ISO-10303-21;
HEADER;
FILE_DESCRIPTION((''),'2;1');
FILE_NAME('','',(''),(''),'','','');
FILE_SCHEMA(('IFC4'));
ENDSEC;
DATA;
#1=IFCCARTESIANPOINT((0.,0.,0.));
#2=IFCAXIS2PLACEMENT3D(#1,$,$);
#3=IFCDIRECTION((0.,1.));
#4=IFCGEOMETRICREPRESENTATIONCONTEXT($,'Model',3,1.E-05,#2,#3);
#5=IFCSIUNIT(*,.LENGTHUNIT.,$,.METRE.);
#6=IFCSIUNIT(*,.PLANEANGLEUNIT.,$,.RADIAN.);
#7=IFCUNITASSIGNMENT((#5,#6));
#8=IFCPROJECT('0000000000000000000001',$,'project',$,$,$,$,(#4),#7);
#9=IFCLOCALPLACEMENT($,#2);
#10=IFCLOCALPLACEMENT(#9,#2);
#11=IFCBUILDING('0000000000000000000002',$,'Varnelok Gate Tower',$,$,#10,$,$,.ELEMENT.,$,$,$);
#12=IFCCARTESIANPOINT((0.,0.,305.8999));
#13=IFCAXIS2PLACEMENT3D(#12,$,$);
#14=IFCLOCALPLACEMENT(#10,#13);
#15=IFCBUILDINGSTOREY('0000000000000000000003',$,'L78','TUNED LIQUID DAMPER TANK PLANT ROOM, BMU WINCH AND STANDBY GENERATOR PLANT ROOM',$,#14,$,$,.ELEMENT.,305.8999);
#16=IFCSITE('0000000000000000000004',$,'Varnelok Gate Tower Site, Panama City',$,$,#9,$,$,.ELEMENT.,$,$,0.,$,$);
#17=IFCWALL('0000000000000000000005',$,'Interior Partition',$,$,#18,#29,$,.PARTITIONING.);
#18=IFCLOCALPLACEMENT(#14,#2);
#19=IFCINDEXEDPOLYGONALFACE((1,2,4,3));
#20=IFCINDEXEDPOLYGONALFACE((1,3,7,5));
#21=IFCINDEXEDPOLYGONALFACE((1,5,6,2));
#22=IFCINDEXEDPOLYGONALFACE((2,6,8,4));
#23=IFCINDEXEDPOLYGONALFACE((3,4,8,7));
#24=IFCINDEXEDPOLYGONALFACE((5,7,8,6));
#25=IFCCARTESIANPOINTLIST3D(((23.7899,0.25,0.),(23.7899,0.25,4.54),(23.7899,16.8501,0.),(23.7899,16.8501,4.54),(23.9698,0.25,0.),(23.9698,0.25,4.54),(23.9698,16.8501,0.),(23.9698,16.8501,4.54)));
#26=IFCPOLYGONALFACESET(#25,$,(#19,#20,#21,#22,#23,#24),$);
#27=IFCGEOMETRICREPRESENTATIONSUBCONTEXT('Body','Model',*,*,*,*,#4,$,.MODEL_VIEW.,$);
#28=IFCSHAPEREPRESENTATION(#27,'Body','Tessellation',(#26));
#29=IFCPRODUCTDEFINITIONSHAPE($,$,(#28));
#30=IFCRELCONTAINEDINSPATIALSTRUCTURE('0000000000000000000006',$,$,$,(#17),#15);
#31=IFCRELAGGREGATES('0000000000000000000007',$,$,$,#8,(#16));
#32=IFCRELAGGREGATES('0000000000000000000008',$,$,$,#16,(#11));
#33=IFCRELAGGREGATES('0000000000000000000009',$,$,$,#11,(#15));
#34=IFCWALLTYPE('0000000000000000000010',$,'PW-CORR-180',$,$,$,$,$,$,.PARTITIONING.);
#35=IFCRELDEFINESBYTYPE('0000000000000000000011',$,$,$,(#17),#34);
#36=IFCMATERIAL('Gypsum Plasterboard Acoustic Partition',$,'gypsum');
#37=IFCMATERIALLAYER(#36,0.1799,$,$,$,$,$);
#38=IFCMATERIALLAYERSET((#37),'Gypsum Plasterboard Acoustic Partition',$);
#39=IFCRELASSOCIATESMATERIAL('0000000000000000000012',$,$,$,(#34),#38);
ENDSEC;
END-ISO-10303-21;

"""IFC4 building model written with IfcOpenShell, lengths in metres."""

from ifc_helpers import new_model, si_unit, direction, frame, frame_2d, origin, place, context, subcontext, project, spatial, rectangle, extrude, material, layer, layer_set, type_object, element, save


model = new_model("IFC4")

# Units and contexts
model_context = context("Model", 3, precision=1e-05, world=origin(), true_north=direction((0.0, 1.0)))
body_context = subcontext(model_context, "Body", "Model", "MODEL_VIEW")
ifc_project = project(units=[si_unit("LENGTHUNIT", "METRE"), si_unit("PLANEANGLEUNIT", "RADIAN")], contexts=[model_context])

# Site, building, storey
site_placement = place(None, origin())
site = spatial("IfcSite", under=ifc_project, at=site_placement, Name="Varnelok Gate Tower Site, Panama City", CompositionType="ELEMENT", RefElevation=0.0)
building_placement = place(site_placement, origin())
building = spatial("IfcBuilding", under=site, at=building_placement, Name="Varnelok Gate Tower", CompositionType="ELEMENT")
storey_placement = place(building_placement, frame((0.0, 0.0, 305.8999)))
storey = spatial("IfcBuildingStorey", under=building, at=storey_placement, Name="L78", Description="TUNED LIQUID DAMPER TANK PLANT ROOM, BMU WINCH AND STANDBY GENERATOR PLANT ROOM", CompositionType="ELEMENT", Elevation=305.8999)

# Shared definitions
ifc_material_1 = material(Name="Gypsum Plasterboard Acoustic Partition", Category="gypsum")
ifc_layer_1 = layer(ifc_material_1, 0.1799)
ifc_layer_set_1 = layer_set([ifc_layer_1], Name="Gypsum Plasterboard Acoustic Partition")
wall_type_1 = type_object("IfcWallType", Name="PW-CORR-180", PredefinedType="PARTITIONING", material=ifc_layer_set_1)

# Wall
wall_1_placement = place(storey_placement, frame((23.8799, 0.25, 0.0), z_axis=(0.0, 0.0, 1.0), x_axis=(0.0, 1.0, 0.0)))
element("IfcWall", 1, at=wall_1_placement, inside=storey, type_object=wall_type_1, Name="Interior Partition", PredefinedType="PARTITIONING", context=body_context, shape_type="SweptSolid", body=[
    extrude(rectangle(XDim=16.6001, YDim=0.1799, at=frame_2d((8.3, 0.0))), origin(), (0.0, 0.0, 1.0), 4.54),
])

save(model, "model.ifc")
